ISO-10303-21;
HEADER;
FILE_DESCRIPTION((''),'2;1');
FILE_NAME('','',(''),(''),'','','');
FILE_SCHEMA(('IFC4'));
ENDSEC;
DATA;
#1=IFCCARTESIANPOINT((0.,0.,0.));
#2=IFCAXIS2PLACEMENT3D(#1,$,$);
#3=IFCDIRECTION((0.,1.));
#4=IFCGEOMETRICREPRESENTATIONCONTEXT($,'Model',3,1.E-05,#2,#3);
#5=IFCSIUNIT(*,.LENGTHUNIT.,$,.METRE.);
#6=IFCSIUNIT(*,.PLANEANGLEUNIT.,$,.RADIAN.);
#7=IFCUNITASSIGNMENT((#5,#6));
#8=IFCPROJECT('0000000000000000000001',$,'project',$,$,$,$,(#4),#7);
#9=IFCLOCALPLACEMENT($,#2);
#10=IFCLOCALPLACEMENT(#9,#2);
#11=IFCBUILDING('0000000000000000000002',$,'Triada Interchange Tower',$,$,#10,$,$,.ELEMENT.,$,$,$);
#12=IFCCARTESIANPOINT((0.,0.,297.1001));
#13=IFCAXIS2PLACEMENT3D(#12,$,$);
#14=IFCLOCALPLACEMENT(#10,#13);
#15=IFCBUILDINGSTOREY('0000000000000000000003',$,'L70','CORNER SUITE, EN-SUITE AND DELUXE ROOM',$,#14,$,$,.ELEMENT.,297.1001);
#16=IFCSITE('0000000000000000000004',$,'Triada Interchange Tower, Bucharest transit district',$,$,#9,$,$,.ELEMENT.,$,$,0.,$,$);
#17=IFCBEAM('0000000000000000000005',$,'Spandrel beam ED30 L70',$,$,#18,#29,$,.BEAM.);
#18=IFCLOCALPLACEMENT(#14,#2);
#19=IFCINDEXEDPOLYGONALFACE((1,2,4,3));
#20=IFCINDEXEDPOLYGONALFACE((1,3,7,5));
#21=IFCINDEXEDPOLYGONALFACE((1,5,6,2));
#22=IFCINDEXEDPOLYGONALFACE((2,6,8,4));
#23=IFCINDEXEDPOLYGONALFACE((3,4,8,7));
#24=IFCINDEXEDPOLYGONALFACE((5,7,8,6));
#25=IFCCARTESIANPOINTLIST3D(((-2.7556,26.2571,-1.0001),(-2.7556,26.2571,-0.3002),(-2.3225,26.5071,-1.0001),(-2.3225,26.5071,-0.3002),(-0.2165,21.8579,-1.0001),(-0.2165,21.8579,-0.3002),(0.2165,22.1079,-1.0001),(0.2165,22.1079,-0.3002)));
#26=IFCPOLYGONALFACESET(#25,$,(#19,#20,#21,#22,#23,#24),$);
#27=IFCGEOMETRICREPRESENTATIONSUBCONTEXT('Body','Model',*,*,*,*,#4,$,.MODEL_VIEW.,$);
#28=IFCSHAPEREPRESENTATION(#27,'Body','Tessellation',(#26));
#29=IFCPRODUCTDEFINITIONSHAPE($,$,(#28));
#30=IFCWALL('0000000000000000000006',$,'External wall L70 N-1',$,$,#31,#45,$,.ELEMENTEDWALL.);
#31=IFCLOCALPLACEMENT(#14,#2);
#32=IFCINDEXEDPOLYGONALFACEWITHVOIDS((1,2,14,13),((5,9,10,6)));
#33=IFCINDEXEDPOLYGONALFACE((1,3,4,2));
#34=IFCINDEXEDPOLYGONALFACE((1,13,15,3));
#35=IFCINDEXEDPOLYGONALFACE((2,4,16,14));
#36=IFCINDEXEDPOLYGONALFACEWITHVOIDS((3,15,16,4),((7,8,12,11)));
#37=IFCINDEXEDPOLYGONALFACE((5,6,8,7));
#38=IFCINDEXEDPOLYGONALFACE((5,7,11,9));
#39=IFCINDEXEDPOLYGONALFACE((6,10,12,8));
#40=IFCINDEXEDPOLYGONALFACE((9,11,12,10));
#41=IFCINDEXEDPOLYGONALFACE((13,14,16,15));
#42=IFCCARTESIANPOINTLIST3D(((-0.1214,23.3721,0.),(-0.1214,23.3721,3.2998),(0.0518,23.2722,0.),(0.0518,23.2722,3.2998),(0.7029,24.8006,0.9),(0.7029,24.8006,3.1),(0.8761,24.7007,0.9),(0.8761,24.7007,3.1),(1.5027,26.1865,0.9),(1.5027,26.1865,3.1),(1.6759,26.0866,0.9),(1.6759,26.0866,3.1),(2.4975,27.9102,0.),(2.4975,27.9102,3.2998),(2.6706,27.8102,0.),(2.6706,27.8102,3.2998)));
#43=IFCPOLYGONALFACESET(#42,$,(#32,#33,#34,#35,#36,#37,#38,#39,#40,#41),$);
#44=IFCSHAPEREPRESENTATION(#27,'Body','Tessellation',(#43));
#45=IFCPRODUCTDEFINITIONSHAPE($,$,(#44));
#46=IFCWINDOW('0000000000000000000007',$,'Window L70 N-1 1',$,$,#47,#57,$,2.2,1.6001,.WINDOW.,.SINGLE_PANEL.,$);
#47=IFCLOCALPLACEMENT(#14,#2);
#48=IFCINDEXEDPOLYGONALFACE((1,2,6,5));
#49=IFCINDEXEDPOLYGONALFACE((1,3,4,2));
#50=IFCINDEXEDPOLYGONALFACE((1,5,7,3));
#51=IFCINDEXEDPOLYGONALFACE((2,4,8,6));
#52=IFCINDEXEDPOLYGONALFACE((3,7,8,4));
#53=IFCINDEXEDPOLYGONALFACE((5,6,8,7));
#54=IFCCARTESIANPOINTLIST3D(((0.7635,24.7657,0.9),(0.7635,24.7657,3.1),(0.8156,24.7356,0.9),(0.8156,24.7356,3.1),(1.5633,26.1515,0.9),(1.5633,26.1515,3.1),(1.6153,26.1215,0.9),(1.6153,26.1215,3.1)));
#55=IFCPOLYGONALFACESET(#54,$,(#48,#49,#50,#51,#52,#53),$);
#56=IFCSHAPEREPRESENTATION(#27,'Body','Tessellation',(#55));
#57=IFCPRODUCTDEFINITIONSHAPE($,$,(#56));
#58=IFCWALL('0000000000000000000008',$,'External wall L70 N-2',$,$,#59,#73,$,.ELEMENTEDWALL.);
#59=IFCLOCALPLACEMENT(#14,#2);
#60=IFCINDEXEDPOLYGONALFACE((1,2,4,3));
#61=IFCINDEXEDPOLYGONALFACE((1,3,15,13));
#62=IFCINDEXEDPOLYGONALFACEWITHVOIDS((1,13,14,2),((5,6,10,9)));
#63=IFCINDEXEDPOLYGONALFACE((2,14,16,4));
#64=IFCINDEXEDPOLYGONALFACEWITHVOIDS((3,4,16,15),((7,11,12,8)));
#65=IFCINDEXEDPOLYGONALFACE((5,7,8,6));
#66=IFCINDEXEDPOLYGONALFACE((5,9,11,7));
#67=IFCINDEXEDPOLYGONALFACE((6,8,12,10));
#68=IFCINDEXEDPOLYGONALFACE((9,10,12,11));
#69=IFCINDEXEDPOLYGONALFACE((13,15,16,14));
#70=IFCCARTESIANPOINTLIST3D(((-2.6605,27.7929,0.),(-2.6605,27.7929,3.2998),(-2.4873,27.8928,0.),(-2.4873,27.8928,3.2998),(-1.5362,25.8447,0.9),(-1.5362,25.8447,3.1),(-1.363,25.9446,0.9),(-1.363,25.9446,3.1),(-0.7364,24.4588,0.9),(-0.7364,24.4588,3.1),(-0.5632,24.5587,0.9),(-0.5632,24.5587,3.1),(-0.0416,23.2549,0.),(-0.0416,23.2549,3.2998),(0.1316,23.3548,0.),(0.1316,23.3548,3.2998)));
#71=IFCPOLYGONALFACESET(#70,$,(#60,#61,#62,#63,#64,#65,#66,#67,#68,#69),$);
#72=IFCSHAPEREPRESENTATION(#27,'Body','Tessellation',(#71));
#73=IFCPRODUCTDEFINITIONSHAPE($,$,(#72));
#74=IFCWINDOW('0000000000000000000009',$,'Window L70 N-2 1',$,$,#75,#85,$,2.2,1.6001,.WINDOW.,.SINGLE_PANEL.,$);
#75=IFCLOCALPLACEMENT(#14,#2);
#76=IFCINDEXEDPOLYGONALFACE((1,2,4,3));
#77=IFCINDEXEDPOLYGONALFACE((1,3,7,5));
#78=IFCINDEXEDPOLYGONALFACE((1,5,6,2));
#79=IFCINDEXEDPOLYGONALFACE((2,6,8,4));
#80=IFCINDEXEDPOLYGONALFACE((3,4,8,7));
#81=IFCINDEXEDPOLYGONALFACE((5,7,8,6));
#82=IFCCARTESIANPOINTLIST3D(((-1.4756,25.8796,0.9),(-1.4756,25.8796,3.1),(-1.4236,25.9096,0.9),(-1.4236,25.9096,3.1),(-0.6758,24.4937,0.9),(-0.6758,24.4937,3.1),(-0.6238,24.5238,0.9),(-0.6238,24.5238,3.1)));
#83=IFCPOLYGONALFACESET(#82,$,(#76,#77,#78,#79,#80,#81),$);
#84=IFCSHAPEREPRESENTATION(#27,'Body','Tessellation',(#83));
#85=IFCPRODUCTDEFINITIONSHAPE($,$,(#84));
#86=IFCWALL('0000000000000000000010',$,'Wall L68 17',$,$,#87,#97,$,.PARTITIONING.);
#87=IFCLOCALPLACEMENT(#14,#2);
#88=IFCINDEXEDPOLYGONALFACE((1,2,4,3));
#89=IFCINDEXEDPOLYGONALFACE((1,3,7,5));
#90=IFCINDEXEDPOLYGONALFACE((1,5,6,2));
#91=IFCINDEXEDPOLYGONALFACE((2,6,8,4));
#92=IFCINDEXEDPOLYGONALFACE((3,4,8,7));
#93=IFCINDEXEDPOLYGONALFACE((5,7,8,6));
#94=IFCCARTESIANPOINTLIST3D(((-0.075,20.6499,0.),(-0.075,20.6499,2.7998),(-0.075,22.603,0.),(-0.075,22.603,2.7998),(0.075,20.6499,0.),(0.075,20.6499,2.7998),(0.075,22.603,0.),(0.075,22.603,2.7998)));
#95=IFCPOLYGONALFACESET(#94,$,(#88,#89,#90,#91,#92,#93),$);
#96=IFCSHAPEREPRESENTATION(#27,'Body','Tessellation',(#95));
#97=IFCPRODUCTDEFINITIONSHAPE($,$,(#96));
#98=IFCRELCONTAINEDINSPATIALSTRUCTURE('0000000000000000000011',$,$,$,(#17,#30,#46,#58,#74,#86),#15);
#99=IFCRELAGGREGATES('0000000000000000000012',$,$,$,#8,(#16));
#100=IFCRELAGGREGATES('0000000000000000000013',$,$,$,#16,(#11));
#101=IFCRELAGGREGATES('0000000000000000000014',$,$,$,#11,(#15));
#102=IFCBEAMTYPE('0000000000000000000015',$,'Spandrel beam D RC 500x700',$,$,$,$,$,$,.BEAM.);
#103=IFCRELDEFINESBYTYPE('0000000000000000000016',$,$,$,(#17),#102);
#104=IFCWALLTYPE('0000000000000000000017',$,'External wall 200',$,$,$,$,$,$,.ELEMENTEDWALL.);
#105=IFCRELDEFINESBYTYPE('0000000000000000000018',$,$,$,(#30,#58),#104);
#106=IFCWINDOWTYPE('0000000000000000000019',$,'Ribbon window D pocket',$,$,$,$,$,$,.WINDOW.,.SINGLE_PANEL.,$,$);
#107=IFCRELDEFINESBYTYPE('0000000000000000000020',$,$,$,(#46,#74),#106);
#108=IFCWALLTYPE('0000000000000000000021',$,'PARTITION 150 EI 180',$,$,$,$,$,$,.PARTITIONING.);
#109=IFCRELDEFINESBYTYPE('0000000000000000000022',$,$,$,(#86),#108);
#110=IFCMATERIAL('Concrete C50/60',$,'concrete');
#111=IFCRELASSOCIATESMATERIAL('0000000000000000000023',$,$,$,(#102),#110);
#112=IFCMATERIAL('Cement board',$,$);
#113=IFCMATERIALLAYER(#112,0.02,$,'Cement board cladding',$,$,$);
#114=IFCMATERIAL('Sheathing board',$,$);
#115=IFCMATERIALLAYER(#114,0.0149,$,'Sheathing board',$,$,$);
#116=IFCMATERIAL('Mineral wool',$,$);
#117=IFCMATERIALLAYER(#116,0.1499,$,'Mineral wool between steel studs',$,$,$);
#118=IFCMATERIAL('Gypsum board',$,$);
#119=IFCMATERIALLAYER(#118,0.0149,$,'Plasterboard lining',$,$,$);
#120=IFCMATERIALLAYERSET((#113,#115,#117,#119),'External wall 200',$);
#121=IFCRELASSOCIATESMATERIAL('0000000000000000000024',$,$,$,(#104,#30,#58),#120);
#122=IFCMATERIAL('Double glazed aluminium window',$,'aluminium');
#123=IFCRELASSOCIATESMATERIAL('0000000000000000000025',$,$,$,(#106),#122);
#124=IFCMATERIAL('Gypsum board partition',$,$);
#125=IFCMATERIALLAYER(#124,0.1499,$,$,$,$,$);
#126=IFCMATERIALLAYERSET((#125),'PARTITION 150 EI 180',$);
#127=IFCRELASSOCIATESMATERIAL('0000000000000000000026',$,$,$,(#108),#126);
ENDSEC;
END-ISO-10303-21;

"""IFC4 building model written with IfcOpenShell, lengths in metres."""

from ifc_helpers import new_model, si_unit, direction, frame, frame_2d, origin, origin_2d, place, context, subcontext, project, spatial, rectangle, extrude, material, layer, layer_set, layer_usage, material_profile, profile_set, type_object, element, fill, save


model = new_model("IFC4")

# Units and contexts
model_context = context("Model", 3, precision=1e-05, world=origin(), true_north=direction((0.0, 1.0)))
body_context = subcontext(model_context, "Body", "Model", "MODEL_VIEW")
ifc_project = project(units=[si_unit("LENGTHUNIT", "METRE"), si_unit("PLANEANGLEUNIT", "RADIAN")], contexts=[model_context])

# Site, building, storey
site_placement = place(None, origin())
site = spatial("IfcSite", under=ifc_project, at=site_placement, Name="Triada Interchange Tower, Bucharest transit district", CompositionType="ELEMENT", RefElevation=0.0)
building_placement = place(site_placement, origin())
building = spatial("IfcBuilding", under=site, at=building_placement, Name="Triada Interchange Tower", CompositionType="ELEMENT")
storey_placement = place(building_placement, frame((0.0, 0.0, 297.1001)))
storey = spatial("IfcBuildingStorey", under=building, at=storey_placement, Name="L70", Description="CORNER SUITE, EN-SUITE AND DELUXE ROOM", CompositionType="ELEMENT", Elevation=297.1001)

# Beam
ifc_material_1 = material(Name="Concrete C50/60", Category="concrete")
ifc_material_profile_1 = material_profile(ifc_material_1, rectangle(XDim=0.5, YDim=0.7, at=origin_2d()), Name="RC 500x700")
ifc_profile_set_1 = profile_set([ifc_material_profile_1], Name="Concrete C50/60")
beam_type_1 = type_object("IfcBeamType", Name="Spandrel beam D RC 500x700", PredefinedType="BEAM", material=ifc_profile_set_1)
for number, where, z_axis, x_axis, name in (
    (1, (0.0, 21.9829, -0.6501), (-0.499882, 0.866094, 0.0), (-0.866094, -0.499882, 0.0), "Spandrel beam ED30 L70"),
):
    element("IfcBeam", number, at=place(storey_placement, frame(where, z_axis=z_axis, x_axis=x_axis)), inside=storey, type_object=beam_type_1, Name=name, PredefinedType="BEAM", context=body_context, shape_type="SweptSolid", body=[
        extrude(rectangle(XDim=0.5, YDim=0.7, at=origin_2d()), origin(), (0.0, 0.0, 1.0), 5.0793),
    ])

# Walls, openings, windows
ifc_material_2 = material(Name="Cement board")
ifc_layer_1 = layer(ifc_material_2, 0.02, Name="Cement board cladding")
ifc_material_3 = material(Name="Sheathing board")
ifc_layer_2 = layer(ifc_material_3, 0.0149, Name="Sheathing board")
ifc_material_4 = material(Name="Mineral wool")
ifc_layer_3 = layer(ifc_material_4, 0.1499, Name="Mineral wool between steel studs")
ifc_material_5 = material(Name="Gypsum board")
ifc_layer_4 = layer(ifc_material_5, 0.0149, Name="Plasterboard lining")
ifc_layer_set_1 = layer_set([ifc_layer_1, ifc_layer_2, ifc_layer_3, ifc_layer_4], Name="External wall 200")
ifc_layer_usage = layer_usage(ifc_layer_set_1, "AXIS2", "POSITIVE", -0.1001)
wall_type_1 = type_object("IfcWallType", Name="External wall 200", PredefinedType="ELEMENTEDWALL", material=ifc_layer_set_1)
wall_1_placement = place(storey_placement, frame((2.584, 27.8601, 0.0), z_axis=(0.0, 0.0, 1.0), x_axis=(-0.499833, -0.866122, 0.0)))
wall_1 = element("IfcWall", 2, at=wall_1_placement, inside=storey, type_object=wall_type_1, material=ifc_layer_usage, Name="External wall L70 N-1", PredefinedType="ELEMENTEDWALL", context=body_context, shape_type="SweptSolid", body=[
    extrude(rectangle(XDim=5.2395, YDim=0.2, at=frame_2d((2.6196, 0.0))), origin(), (0.0, 0.0, 1.0), 3.2998),
])
opening_1_placement = place(wall_1_placement, frame((1.99, 0.0, 0.8999)))
opening_1 = element("IfcOpeningElement", 3, at=opening_1_placement, cuts=wall_1, PredefinedType="OPENING", context=body_context, shape_type="SweptSolid", body=[
    extrude(rectangle(XDim=1.6001, YDim=2.2, at=frame_2d((0.8, 1.1001))), frame((0.0, 0.1099, 0.0), z_axis=(0.0, -1.0, 0.0), x_axis=(1.0, 0.0, 0.0)), (0.0, 0.0, 1.0), 0.22),
])
ifc_material_6 = material(Name="Double glazed aluminium window", Category="aluminium")
window_type = type_object("IfcWindowType", Name="Ribbon window D pocket", PartitioningType="SINGLE_PANEL", PredefinedType="WINDOW", material=ifc_material_6)
window_1_placement = place(opening_1_placement, origin())
window_1 = element("IfcWindow", 4, at=window_1_placement, inside=storey, type_object=window_type, Name="Window L70 N-1 1", OverallHeight=2.2, OverallWidth=1.6001, PartitioningType="SINGLE_PANEL", PredefinedType="WINDOW", context=body_context, shape_type="SweptSolid", body=[
    extrude(rectangle(XDim=1.6001, YDim=2.2, at=frame_2d((0.8, 1.1001))), frame((0.0, 0.03, 0.0), z_axis=(0.0, -1.0, 0.0), x_axis=(1.0, 0.0, 0.0)), (0.0, 0.0, 1.0), 0.0601),
])
fill(opening_1, window_1)
wall_2_placement = place(storey_placement, frame((0.0449, 23.3049, 0.0), z_axis=(0.0, 0.0, 1.0), x_axis=(-0.499833, 0.866122, 0.0)))
wall_2 = element("IfcWall", 5, at=wall_2_placement, inside=storey, type_object=wall_type_1, material=ifc_layer_usage, Name="External wall L70 N-2", PredefinedType="ELEMENTEDWALL", context=body_context, shape_type="SweptSolid", body=[
    extrude(rectangle(XDim=5.2395, YDim=0.2, at=frame_2d((2.6196, 0.0))), origin(), (0.0, 0.0, 1.0), 3.2998),
])
opening_2_placement = place(wall_2_placement, frame((1.3899, 0.0, 0.8999)))
opening_2 = element("IfcOpeningElement", 6, at=opening_2_placement, cuts=wall_2, PredefinedType="OPENING", context=body_context, shape_type="SweptSolid", body=[
    extrude(rectangle(XDim=1.6001, YDim=2.2, at=frame_2d((0.8, 1.1001))), frame((0.0, 0.1099, 0.0), z_axis=(0.0, -1.0, 0.0), x_axis=(1.0, 0.0, 0.0)), (0.0, 0.0, 1.0), 0.22),
])
window_2_placement = place(opening_2_placement, origin())
window_2 = element("IfcWindow", 7, at=window_2_placement, inside=storey, type_object=window_type, Name="Window L70 N-2 1", OverallHeight=2.2, OverallWidth=1.6001, PartitioningType="SINGLE_PANEL", PredefinedType="WINDOW", context=body_context, shape_type="SweptSolid", body=[
    extrude(rectangle(XDim=1.6001, YDim=2.2, at=frame_2d((0.8, 1.1001))), frame((0.0, 0.03, 0.0), z_axis=(0.0, -1.0, 0.0), x_axis=(1.0, 0.0, 0.0)), (0.0, 0.0, 1.0), 0.0601),
])
fill(opening_2, window_2)

# Wall
ifc_material_7 = material(Name="Gypsum board partition")
ifc_layer_5 = layer(ifc_material_7, 0.1499)
ifc_layer_set_2 = layer_set([ifc_layer_5], Name="PARTITION 150 EI 180")
wall_type_2 = type_object("IfcWallType", Name="PARTITION 150 EI 180", PredefinedType="PARTITIONING", material=ifc_layer_set_2)
wall_3_placement = place(storey_placement, frame((0.0, 20.6499, 0.0), z_axis=(0.0, 0.0, 1.0), x_axis=(0.0, 1.0, 0.0)))
element("IfcWall", 8, at=wall_3_placement, inside=storey, type_object=wall_type_2, Name="Wall L68 17", PredefinedType="PARTITIONING", context=body_context, shape_type="SweptSolid", body=[
    extrude(rectangle(XDim=1.9531, YDim=0.1499, at=frame_2d((0.9766, 0.0))), origin(), (0.0, 0.0, 1.0), 2.7998),
])

save(model, "model.ifc")
